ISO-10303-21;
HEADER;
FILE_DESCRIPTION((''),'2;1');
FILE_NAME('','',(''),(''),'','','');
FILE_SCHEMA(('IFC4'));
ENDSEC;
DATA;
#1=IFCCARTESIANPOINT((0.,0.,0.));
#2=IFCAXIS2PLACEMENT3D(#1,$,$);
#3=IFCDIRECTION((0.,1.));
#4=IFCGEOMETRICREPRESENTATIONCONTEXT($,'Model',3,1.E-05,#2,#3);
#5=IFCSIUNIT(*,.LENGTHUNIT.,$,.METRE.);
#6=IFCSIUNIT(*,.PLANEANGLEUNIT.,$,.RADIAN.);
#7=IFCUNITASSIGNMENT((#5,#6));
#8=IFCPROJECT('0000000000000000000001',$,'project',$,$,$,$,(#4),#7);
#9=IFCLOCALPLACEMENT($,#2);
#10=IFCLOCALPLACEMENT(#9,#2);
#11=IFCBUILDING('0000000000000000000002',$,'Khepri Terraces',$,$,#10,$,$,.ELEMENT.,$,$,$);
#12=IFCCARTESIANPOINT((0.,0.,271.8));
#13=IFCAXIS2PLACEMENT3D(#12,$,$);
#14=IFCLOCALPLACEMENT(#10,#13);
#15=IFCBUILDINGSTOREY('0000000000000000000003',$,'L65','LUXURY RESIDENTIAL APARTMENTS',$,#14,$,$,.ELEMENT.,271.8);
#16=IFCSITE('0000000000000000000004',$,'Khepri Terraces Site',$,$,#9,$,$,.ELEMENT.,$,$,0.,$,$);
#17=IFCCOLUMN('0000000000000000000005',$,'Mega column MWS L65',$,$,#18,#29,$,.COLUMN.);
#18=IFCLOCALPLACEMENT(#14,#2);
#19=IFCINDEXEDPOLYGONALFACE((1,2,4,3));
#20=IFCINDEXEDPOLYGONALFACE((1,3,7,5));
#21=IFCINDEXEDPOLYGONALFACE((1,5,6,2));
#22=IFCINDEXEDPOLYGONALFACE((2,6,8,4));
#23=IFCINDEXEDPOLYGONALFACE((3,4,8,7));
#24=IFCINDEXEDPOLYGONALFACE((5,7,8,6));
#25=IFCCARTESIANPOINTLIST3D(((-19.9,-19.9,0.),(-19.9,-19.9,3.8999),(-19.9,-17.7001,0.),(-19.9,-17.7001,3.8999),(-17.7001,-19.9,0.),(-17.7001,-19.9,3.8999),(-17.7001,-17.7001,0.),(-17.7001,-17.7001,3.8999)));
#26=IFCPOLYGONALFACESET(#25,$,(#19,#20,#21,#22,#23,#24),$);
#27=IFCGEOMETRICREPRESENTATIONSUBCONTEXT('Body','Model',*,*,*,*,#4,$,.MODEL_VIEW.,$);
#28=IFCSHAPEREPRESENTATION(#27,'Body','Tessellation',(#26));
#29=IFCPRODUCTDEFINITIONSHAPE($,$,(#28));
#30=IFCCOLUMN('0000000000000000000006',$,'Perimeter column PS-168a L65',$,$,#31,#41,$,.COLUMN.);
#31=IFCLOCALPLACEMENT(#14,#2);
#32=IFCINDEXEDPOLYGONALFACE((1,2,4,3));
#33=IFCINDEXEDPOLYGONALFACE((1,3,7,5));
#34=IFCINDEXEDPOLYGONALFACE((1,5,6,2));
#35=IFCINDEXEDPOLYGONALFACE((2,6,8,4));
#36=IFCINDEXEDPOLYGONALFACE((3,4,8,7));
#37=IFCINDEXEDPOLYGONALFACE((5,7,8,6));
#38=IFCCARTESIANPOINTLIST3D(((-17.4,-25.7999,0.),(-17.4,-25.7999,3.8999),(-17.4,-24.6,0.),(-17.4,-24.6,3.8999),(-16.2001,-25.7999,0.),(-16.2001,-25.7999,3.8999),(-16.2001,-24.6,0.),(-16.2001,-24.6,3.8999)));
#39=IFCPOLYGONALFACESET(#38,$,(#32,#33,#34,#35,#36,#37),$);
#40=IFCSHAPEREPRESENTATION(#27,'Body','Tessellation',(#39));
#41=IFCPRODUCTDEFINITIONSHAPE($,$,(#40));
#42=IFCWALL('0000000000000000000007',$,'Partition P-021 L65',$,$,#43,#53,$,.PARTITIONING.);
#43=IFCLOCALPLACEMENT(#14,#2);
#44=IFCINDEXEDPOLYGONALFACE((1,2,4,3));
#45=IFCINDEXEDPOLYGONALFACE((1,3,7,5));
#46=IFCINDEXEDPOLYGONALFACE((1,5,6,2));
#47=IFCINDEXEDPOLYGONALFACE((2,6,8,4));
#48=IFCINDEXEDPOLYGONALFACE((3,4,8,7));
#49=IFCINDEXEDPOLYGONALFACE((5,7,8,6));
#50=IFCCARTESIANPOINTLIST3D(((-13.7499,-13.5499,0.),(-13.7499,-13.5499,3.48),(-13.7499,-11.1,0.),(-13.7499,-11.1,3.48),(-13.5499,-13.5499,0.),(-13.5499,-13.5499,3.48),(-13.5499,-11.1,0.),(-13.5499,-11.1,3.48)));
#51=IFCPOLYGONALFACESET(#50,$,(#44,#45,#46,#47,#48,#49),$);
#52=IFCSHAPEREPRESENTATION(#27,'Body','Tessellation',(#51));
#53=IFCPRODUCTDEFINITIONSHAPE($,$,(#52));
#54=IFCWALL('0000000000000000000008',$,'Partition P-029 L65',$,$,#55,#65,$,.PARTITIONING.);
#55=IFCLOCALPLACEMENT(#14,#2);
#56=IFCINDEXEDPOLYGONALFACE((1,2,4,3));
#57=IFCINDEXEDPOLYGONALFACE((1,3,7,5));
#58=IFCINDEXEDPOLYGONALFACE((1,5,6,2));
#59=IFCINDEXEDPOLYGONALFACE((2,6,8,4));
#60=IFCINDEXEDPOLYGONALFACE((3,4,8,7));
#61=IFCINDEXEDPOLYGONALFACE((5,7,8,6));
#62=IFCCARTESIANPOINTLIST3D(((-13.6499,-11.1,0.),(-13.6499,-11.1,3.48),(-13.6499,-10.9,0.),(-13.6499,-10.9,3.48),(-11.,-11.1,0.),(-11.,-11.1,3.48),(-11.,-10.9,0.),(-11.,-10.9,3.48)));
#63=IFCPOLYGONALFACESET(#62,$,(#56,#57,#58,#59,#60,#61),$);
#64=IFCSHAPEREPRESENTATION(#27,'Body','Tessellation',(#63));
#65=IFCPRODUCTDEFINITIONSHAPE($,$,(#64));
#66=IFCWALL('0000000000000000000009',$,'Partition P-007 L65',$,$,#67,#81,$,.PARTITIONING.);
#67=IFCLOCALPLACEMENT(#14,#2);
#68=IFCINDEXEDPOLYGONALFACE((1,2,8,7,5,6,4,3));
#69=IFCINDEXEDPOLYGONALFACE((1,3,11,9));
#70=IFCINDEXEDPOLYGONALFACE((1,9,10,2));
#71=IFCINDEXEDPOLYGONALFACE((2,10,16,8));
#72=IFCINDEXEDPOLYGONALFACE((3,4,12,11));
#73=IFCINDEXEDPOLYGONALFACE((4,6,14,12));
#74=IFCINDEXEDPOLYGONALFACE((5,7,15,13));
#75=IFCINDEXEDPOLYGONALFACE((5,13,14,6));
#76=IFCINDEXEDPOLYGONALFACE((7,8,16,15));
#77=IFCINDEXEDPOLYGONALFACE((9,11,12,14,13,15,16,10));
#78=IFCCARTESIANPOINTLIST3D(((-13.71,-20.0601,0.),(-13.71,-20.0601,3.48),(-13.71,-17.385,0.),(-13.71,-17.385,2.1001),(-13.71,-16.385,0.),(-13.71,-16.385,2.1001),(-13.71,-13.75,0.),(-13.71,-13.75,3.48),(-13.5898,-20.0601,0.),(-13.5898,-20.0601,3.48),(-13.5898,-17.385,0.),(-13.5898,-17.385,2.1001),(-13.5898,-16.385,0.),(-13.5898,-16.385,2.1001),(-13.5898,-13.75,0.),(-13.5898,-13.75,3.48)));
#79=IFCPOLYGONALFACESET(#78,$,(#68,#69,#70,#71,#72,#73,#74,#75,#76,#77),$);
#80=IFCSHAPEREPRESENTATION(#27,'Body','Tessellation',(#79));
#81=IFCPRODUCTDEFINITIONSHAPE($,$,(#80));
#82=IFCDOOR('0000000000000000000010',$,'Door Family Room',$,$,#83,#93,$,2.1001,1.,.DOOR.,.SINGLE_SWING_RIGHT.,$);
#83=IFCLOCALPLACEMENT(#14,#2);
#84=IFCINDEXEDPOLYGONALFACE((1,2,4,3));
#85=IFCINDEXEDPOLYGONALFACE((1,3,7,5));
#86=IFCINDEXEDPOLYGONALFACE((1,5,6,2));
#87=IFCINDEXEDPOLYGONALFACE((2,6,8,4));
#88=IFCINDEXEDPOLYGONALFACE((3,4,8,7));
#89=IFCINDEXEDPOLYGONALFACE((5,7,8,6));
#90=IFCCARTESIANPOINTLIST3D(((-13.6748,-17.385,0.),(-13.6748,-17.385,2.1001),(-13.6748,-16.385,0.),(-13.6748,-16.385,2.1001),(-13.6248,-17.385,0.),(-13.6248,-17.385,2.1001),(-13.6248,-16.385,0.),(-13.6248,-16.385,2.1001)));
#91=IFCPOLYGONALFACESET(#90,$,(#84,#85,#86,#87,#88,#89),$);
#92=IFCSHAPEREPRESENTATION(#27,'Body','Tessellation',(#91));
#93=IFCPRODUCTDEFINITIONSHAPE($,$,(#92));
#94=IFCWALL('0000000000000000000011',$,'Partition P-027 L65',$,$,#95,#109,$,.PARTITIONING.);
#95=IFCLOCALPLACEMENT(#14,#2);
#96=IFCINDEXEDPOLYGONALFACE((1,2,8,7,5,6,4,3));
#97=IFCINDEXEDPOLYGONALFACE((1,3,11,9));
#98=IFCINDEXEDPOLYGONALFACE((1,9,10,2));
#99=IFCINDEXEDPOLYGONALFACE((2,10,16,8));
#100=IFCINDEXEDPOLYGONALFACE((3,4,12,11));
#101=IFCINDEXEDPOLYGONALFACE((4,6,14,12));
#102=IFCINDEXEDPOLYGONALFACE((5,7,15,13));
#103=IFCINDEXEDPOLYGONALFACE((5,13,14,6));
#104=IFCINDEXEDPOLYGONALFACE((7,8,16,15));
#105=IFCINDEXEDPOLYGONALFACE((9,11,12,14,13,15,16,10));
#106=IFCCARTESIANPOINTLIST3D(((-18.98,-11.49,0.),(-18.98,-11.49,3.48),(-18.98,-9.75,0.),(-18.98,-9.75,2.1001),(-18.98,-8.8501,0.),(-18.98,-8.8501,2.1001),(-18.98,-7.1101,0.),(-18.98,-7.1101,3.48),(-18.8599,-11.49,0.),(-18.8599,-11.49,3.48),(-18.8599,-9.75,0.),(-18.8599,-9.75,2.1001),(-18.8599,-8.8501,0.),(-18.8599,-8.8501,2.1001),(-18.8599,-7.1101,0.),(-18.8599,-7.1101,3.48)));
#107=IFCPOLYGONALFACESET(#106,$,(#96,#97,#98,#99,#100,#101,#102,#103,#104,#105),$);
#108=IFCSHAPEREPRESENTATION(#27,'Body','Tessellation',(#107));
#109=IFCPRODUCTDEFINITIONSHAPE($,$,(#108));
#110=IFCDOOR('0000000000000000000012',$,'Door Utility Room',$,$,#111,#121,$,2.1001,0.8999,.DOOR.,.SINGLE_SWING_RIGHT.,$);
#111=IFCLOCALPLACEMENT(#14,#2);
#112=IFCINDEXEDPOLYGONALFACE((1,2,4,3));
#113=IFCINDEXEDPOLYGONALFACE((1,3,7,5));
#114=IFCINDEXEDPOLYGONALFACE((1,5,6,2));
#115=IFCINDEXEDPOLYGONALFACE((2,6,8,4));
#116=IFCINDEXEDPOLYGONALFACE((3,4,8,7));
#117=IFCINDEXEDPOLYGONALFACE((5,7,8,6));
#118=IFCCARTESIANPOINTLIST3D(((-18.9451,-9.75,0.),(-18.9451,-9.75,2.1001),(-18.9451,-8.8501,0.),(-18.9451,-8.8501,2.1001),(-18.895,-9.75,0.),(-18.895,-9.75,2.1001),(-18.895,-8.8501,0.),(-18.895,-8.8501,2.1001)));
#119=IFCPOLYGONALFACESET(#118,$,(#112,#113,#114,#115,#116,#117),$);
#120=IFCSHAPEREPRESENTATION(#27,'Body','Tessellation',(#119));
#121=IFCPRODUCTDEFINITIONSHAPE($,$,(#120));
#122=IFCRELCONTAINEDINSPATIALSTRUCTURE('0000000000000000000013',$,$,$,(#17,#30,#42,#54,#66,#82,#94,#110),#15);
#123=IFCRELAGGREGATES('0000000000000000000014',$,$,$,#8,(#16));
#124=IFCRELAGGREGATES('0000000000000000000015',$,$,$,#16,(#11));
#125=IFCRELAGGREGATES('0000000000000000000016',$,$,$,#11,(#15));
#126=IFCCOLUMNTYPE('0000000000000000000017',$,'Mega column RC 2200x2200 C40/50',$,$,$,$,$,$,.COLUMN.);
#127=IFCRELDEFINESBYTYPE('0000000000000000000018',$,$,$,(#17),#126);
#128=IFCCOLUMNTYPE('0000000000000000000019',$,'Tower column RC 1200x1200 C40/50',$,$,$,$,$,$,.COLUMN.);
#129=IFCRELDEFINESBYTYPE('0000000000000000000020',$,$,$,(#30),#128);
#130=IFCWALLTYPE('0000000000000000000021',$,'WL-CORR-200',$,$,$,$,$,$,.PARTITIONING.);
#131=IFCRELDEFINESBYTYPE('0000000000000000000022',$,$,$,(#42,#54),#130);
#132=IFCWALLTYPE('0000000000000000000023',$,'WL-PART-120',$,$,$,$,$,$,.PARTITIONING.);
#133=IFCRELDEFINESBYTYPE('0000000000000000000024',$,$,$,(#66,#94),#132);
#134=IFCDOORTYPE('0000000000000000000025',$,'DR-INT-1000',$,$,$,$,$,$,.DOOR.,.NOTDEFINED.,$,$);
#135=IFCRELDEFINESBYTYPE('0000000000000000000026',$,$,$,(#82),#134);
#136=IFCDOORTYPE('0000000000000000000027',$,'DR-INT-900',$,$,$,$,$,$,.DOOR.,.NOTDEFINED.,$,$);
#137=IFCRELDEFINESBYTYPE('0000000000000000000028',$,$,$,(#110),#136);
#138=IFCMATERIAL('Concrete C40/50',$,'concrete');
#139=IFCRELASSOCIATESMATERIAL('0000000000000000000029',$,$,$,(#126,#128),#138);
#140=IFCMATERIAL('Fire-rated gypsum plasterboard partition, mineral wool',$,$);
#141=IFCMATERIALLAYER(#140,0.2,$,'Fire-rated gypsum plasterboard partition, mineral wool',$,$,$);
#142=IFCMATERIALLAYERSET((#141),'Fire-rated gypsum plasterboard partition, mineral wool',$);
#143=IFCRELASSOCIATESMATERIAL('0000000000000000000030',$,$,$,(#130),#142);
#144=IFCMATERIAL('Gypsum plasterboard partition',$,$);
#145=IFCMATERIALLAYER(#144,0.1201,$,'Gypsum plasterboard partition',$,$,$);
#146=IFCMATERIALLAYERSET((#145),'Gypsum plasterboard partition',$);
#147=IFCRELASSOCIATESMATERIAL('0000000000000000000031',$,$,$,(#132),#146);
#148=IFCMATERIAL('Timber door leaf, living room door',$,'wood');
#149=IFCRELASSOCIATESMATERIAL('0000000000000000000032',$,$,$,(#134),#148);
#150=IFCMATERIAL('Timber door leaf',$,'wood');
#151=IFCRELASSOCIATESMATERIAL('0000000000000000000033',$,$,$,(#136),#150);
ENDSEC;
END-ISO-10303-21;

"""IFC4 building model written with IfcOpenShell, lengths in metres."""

from ifc_helpers import new_model, si_unit, direction, frame, frame_2d, origin, origin_2d, place, context, subcontext, project, spatial, rectangle, extrude, material, layer, layer_set, material_profile, profile_set, type_object, element, fill, save


model = new_model("IFC4")

# Units and contexts
model_context = context("Model", 3, precision=1e-05, world=origin(), true_north=direction((0.0, 1.0)))
body_context = subcontext(model_context, "Body", "Model", "MODEL_VIEW")
ifc_project = project(units=[si_unit("LENGTHUNIT", "METRE"), si_unit("PLANEANGLEUNIT", "RADIAN")], contexts=[model_context])

# Site, building, storey
site_placement = place(None, origin())
site = spatial("IfcSite", under=ifc_project, at=site_placement, Name="Khepri Terraces Site", CompositionType="ELEMENT", RefElevation=0.0)
building_placement = place(site_placement, origin())
building = spatial("IfcBuilding", under=site, at=building_placement, Name="Khepri Terraces", CompositionType="ELEMENT")
storey_placement = place(building_placement, frame((0.0, 0.0, 271.8)))
storey = spatial("IfcBuildingStorey", under=building, at=storey_placement, Name="L65", Description="LUXURY RESIDENTIAL APARTMENTS", CompositionType="ELEMENT", Elevation=271.8)

# Columns
ifc_material_1 = material(Name="Concrete C40/50", Category="concrete")
ifc_material_profile_1 = material_profile(ifc_material_1, rectangle(XDim=2.2, YDim=2.2, at=origin_2d()), Name="Concrete C40/50", Category="concrete")
ifc_profile_set_1 = profile_set([ifc_material_profile_1], Name="Concrete C40/50")
column_type_1 = type_object("IfcColumnType", Name="Mega column RC 2200x2200 C40/50", PredefinedType="COLUMN", material=ifc_profile_set_1)
column_1_placement = place(storey_placement, frame((-18.8, -18.8, 0.0), z_axis=(0.0, 0.0, 1.0), x_axis=(1.0, 0.0, 0.0)))
element("IfcColumn", 1, at=column_1_placement, inside=storey, type_object=column_type_1, Name="Mega column MWS L65", PredefinedType="COLUMN", context=body_context, shape_type="SweptSolid", body=[
    extrude(rectangle(XDim=2.2, YDim=2.2, at=origin_2d()), origin(), (0.0, 0.0, 1.0), 3.8999),
])
ifc_material_profile_2 = material_profile(ifc_material_1, rectangle(XDim=1.2, YDim=1.2, at=origin_2d()), Name="Concrete C40/50", Category="concrete")
ifc_profile_set_2 = profile_set([ifc_material_profile_2], Name="Concrete C40/50")
column_type_2 = type_object("IfcColumnType", Name="Tower column RC 1200x1200 C40/50", PredefinedType="COLUMN", material=ifc_profile_set_2)
column_2_placement = place(storey_placement, frame((-16.8, -25.2, 0.0), z_axis=(0.0, 0.0, 1.0), x_axis=(1.0, 0.0, 0.0)))
element("IfcColumn", 2, at=column_2_placement, inside=storey, type_object=column_type_2, Name="Perimeter column PS-168a L65", PredefinedType="COLUMN", context=body_context, shape_type="SweptSolid", body=[
    extrude(rectangle(XDim=1.2, YDim=1.2, at=origin_2d()), origin(), (0.0, 0.0, 1.0), 3.8999),
])

# Walls
ifc_material_2 = material(Name="Fire-rated gypsum plasterboard partition, mineral wool")
ifc_layer_1 = layer(ifc_material_2, 0.2, Name="Fire-rated gypsum plasterboard partition, mineral wool")
ifc_layer_set_1 = layer_set([ifc_layer_1], Name="Fire-rated gypsum plasterboard partition, mineral wool")
wall_type_1 = type_object("IfcWallType", Name="WL-CORR-200", PredefinedType="PARTITIONING", material=ifc_layer_set_1)
wall_1_placement = place(storey_placement, frame((-13.6499, -13.55, 0.0), z_axis=(0.0, 0.0, 1.0), x_axis=(0.0, 1.0, 0.0)))
element("IfcWall", 3, at=wall_1_placement, inside=storey, type_object=wall_type_1, Name="Partition P-021 L65", PredefinedType="PARTITIONING", context=body_context, shape_type="SweptSolid", body=[
    extrude(rectangle(XDim=2.45, YDim=0.2, at=frame_2d((1.2251, 0.0))), origin(), (0.0, 0.0, 1.0), 3.48),
])
wall_2_placement = place(storey_placement, frame((-13.6499, -11.0, 0.0), z_axis=(0.0, 0.0, 1.0), x_axis=(1.0, 0.0, 0.0)))
element("IfcWall", 4, at=wall_2_placement, inside=storey, type_object=wall_type_1, Name="Partition P-029 L65", PredefinedType="PARTITIONING", context=body_context, shape_type="SweptSolid", body=[
    extrude(rectangle(XDim=2.6499, YDim=0.2, at=frame_2d((1.325, 0.0))), origin(), (0.0, 0.0, 1.0), 3.48),
])

# Walls, openings, doors
ifc_material_3 = material(Name="Gypsum plasterboard partition")
ifc_layer_2 = layer(ifc_material_3, 0.1201, Name="Gypsum plasterboard partition")
ifc_layer_set_2 = layer_set([ifc_layer_2], Name="Gypsum plasterboard partition")
wall_type_2 = type_object("IfcWallType", Name="WL-PART-120", PredefinedType="PARTITIONING", material=ifc_layer_set_2)
wall_3_placement = place(storey_placement, frame((-13.6499, -20.0601, 0.0), z_axis=(0.0, 0.0, 1.0), x_axis=(0.0, 1.0, 0.0)))
wall_3 = element("IfcWall", 5, at=wall_3_placement, inside=storey, type_object=wall_type_2, Name="Partition P-007 L65", PredefinedType="PARTITIONING", context=body_context, shape_type="SweptSolid", body=[
    extrude(rectangle(XDim=6.3101, YDim=0.1201, at=frame_2d((3.155, 0.0))), origin(), (0.0, 0.0, 1.0), 3.48),
])
opening_1_placement = place(wall_3_placement, frame((2.675, 0.0, 0.0)))
opening_1 = element("IfcOpeningElement", 6, at=opening_1_placement, cuts=wall_3, PredefinedType="OPENING", context=body_context, shape_type="SweptSolid", body=[
    extrude(rectangle(XDim=1.0, YDim=2.1001, at=frame_2d((0.5, 1.05))), frame((0.0, 0.0701, 0.0), z_axis=(0.0, -1.0, 0.0), x_axis=(1.0, 0.0, 0.0)), (0.0, 0.0, 1.0), 0.1401),
])
ifc_material_4 = material(Name="Timber door leaf, living room door", Category="wood")
door_type_1 = type_object("IfcDoorType", Name="DR-INT-1000", OperationType="NOTDEFINED", PredefinedType="DOOR", material=ifc_material_4)
door_1_placement = place(opening_1_placement, origin())
door_1 = element("IfcDoor", 7, at=door_1_placement, inside=storey, type_object=door_type_1, Name="Door Family Room", OperationType="SINGLE_SWING_RIGHT", OverallHeight=2.1001, OverallWidth=1.0, PredefinedType="DOOR", context=body_context, shape_type="SweptSolid", body=[
    extrude(rectangle(XDim=1.0, YDim=2.1001, at=frame_2d((0.5, 1.05))), frame((0.0, 0.0249, 0.0), z_axis=(0.0, -1.0, 0.0), x_axis=(1.0, 0.0, 0.0)), (0.0, 0.0, 1.0), 0.05),
])
fill(opening_1, door_1)
wall_4_placement = place(storey_placement, frame((-18.9199, -11.49, 0.0), z_axis=(0.0, 0.0, 1.0), x_axis=(0.0, 1.0, 0.0)))
wall_4 = element("IfcWall", 8, at=wall_4_placement, inside=storey, type_object=wall_type_2, Name="Partition P-027 L65", PredefinedType="PARTITIONING", context=body_context, shape_type="SweptSolid", body=[
    extrude(rectangle(XDim=4.3799, YDim=0.1201, at=frame_2d((2.1899, 0.0))), origin(), (0.0, 0.0, 1.0), 3.48),
])
opening_2_placement = place(wall_4_placement, frame((1.74, 0.0, 0.0)))
opening_2 = element("IfcOpeningElement", 9, at=opening_2_placement, cuts=wall_4, PredefinedType="OPENING", context=body_context, shape_type="SweptSolid", body=[
    extrude(rectangle(XDim=0.8999, YDim=2.1001, at=frame_2d((0.45, 1.05))), frame((0.0, 0.0701, 0.0), z_axis=(0.0, -1.0, 0.0), x_axis=(1.0, 0.0, 0.0)), (0.0, 0.0, 1.0), 0.1401),
])
ifc_material_5 = material(Name="Timber door leaf", Category="wood")
door_type_2 = type_object("IfcDoorType", Name="DR-INT-900", OperationType="NOTDEFINED", PredefinedType="DOOR", material=ifc_material_5)
door_2_placement = place(opening_2_placement, frame((0.8999, 0.0, 0.0), z_axis=(0.0, 0.0, 1.0), x_axis=(-1.0, 0.0, 0.0)))
door_2 = element("IfcDoor", 10, at=door_2_placement, inside=storey, type_object=door_type_2, Name="Door Utility Room", OperationType="SINGLE_SWING_RIGHT", OverallHeight=2.1001, OverallWidth=0.8999, PredefinedType="DOOR", context=body_context, shape_type="SweptSolid", body=[
    extrude(rectangle(XDim=0.8999, YDim=2.1001, at=frame_2d((0.45, 1.05))), frame((0.0, 0.0249, 0.0), z_axis=(0.0, -1.0, 0.0), x_axis=(1.0, 0.0, 0.0)), (0.0, 0.0, 1.0), 0.05),
])
fill(opening_2, door_2)

save(model, "model.ifc")
